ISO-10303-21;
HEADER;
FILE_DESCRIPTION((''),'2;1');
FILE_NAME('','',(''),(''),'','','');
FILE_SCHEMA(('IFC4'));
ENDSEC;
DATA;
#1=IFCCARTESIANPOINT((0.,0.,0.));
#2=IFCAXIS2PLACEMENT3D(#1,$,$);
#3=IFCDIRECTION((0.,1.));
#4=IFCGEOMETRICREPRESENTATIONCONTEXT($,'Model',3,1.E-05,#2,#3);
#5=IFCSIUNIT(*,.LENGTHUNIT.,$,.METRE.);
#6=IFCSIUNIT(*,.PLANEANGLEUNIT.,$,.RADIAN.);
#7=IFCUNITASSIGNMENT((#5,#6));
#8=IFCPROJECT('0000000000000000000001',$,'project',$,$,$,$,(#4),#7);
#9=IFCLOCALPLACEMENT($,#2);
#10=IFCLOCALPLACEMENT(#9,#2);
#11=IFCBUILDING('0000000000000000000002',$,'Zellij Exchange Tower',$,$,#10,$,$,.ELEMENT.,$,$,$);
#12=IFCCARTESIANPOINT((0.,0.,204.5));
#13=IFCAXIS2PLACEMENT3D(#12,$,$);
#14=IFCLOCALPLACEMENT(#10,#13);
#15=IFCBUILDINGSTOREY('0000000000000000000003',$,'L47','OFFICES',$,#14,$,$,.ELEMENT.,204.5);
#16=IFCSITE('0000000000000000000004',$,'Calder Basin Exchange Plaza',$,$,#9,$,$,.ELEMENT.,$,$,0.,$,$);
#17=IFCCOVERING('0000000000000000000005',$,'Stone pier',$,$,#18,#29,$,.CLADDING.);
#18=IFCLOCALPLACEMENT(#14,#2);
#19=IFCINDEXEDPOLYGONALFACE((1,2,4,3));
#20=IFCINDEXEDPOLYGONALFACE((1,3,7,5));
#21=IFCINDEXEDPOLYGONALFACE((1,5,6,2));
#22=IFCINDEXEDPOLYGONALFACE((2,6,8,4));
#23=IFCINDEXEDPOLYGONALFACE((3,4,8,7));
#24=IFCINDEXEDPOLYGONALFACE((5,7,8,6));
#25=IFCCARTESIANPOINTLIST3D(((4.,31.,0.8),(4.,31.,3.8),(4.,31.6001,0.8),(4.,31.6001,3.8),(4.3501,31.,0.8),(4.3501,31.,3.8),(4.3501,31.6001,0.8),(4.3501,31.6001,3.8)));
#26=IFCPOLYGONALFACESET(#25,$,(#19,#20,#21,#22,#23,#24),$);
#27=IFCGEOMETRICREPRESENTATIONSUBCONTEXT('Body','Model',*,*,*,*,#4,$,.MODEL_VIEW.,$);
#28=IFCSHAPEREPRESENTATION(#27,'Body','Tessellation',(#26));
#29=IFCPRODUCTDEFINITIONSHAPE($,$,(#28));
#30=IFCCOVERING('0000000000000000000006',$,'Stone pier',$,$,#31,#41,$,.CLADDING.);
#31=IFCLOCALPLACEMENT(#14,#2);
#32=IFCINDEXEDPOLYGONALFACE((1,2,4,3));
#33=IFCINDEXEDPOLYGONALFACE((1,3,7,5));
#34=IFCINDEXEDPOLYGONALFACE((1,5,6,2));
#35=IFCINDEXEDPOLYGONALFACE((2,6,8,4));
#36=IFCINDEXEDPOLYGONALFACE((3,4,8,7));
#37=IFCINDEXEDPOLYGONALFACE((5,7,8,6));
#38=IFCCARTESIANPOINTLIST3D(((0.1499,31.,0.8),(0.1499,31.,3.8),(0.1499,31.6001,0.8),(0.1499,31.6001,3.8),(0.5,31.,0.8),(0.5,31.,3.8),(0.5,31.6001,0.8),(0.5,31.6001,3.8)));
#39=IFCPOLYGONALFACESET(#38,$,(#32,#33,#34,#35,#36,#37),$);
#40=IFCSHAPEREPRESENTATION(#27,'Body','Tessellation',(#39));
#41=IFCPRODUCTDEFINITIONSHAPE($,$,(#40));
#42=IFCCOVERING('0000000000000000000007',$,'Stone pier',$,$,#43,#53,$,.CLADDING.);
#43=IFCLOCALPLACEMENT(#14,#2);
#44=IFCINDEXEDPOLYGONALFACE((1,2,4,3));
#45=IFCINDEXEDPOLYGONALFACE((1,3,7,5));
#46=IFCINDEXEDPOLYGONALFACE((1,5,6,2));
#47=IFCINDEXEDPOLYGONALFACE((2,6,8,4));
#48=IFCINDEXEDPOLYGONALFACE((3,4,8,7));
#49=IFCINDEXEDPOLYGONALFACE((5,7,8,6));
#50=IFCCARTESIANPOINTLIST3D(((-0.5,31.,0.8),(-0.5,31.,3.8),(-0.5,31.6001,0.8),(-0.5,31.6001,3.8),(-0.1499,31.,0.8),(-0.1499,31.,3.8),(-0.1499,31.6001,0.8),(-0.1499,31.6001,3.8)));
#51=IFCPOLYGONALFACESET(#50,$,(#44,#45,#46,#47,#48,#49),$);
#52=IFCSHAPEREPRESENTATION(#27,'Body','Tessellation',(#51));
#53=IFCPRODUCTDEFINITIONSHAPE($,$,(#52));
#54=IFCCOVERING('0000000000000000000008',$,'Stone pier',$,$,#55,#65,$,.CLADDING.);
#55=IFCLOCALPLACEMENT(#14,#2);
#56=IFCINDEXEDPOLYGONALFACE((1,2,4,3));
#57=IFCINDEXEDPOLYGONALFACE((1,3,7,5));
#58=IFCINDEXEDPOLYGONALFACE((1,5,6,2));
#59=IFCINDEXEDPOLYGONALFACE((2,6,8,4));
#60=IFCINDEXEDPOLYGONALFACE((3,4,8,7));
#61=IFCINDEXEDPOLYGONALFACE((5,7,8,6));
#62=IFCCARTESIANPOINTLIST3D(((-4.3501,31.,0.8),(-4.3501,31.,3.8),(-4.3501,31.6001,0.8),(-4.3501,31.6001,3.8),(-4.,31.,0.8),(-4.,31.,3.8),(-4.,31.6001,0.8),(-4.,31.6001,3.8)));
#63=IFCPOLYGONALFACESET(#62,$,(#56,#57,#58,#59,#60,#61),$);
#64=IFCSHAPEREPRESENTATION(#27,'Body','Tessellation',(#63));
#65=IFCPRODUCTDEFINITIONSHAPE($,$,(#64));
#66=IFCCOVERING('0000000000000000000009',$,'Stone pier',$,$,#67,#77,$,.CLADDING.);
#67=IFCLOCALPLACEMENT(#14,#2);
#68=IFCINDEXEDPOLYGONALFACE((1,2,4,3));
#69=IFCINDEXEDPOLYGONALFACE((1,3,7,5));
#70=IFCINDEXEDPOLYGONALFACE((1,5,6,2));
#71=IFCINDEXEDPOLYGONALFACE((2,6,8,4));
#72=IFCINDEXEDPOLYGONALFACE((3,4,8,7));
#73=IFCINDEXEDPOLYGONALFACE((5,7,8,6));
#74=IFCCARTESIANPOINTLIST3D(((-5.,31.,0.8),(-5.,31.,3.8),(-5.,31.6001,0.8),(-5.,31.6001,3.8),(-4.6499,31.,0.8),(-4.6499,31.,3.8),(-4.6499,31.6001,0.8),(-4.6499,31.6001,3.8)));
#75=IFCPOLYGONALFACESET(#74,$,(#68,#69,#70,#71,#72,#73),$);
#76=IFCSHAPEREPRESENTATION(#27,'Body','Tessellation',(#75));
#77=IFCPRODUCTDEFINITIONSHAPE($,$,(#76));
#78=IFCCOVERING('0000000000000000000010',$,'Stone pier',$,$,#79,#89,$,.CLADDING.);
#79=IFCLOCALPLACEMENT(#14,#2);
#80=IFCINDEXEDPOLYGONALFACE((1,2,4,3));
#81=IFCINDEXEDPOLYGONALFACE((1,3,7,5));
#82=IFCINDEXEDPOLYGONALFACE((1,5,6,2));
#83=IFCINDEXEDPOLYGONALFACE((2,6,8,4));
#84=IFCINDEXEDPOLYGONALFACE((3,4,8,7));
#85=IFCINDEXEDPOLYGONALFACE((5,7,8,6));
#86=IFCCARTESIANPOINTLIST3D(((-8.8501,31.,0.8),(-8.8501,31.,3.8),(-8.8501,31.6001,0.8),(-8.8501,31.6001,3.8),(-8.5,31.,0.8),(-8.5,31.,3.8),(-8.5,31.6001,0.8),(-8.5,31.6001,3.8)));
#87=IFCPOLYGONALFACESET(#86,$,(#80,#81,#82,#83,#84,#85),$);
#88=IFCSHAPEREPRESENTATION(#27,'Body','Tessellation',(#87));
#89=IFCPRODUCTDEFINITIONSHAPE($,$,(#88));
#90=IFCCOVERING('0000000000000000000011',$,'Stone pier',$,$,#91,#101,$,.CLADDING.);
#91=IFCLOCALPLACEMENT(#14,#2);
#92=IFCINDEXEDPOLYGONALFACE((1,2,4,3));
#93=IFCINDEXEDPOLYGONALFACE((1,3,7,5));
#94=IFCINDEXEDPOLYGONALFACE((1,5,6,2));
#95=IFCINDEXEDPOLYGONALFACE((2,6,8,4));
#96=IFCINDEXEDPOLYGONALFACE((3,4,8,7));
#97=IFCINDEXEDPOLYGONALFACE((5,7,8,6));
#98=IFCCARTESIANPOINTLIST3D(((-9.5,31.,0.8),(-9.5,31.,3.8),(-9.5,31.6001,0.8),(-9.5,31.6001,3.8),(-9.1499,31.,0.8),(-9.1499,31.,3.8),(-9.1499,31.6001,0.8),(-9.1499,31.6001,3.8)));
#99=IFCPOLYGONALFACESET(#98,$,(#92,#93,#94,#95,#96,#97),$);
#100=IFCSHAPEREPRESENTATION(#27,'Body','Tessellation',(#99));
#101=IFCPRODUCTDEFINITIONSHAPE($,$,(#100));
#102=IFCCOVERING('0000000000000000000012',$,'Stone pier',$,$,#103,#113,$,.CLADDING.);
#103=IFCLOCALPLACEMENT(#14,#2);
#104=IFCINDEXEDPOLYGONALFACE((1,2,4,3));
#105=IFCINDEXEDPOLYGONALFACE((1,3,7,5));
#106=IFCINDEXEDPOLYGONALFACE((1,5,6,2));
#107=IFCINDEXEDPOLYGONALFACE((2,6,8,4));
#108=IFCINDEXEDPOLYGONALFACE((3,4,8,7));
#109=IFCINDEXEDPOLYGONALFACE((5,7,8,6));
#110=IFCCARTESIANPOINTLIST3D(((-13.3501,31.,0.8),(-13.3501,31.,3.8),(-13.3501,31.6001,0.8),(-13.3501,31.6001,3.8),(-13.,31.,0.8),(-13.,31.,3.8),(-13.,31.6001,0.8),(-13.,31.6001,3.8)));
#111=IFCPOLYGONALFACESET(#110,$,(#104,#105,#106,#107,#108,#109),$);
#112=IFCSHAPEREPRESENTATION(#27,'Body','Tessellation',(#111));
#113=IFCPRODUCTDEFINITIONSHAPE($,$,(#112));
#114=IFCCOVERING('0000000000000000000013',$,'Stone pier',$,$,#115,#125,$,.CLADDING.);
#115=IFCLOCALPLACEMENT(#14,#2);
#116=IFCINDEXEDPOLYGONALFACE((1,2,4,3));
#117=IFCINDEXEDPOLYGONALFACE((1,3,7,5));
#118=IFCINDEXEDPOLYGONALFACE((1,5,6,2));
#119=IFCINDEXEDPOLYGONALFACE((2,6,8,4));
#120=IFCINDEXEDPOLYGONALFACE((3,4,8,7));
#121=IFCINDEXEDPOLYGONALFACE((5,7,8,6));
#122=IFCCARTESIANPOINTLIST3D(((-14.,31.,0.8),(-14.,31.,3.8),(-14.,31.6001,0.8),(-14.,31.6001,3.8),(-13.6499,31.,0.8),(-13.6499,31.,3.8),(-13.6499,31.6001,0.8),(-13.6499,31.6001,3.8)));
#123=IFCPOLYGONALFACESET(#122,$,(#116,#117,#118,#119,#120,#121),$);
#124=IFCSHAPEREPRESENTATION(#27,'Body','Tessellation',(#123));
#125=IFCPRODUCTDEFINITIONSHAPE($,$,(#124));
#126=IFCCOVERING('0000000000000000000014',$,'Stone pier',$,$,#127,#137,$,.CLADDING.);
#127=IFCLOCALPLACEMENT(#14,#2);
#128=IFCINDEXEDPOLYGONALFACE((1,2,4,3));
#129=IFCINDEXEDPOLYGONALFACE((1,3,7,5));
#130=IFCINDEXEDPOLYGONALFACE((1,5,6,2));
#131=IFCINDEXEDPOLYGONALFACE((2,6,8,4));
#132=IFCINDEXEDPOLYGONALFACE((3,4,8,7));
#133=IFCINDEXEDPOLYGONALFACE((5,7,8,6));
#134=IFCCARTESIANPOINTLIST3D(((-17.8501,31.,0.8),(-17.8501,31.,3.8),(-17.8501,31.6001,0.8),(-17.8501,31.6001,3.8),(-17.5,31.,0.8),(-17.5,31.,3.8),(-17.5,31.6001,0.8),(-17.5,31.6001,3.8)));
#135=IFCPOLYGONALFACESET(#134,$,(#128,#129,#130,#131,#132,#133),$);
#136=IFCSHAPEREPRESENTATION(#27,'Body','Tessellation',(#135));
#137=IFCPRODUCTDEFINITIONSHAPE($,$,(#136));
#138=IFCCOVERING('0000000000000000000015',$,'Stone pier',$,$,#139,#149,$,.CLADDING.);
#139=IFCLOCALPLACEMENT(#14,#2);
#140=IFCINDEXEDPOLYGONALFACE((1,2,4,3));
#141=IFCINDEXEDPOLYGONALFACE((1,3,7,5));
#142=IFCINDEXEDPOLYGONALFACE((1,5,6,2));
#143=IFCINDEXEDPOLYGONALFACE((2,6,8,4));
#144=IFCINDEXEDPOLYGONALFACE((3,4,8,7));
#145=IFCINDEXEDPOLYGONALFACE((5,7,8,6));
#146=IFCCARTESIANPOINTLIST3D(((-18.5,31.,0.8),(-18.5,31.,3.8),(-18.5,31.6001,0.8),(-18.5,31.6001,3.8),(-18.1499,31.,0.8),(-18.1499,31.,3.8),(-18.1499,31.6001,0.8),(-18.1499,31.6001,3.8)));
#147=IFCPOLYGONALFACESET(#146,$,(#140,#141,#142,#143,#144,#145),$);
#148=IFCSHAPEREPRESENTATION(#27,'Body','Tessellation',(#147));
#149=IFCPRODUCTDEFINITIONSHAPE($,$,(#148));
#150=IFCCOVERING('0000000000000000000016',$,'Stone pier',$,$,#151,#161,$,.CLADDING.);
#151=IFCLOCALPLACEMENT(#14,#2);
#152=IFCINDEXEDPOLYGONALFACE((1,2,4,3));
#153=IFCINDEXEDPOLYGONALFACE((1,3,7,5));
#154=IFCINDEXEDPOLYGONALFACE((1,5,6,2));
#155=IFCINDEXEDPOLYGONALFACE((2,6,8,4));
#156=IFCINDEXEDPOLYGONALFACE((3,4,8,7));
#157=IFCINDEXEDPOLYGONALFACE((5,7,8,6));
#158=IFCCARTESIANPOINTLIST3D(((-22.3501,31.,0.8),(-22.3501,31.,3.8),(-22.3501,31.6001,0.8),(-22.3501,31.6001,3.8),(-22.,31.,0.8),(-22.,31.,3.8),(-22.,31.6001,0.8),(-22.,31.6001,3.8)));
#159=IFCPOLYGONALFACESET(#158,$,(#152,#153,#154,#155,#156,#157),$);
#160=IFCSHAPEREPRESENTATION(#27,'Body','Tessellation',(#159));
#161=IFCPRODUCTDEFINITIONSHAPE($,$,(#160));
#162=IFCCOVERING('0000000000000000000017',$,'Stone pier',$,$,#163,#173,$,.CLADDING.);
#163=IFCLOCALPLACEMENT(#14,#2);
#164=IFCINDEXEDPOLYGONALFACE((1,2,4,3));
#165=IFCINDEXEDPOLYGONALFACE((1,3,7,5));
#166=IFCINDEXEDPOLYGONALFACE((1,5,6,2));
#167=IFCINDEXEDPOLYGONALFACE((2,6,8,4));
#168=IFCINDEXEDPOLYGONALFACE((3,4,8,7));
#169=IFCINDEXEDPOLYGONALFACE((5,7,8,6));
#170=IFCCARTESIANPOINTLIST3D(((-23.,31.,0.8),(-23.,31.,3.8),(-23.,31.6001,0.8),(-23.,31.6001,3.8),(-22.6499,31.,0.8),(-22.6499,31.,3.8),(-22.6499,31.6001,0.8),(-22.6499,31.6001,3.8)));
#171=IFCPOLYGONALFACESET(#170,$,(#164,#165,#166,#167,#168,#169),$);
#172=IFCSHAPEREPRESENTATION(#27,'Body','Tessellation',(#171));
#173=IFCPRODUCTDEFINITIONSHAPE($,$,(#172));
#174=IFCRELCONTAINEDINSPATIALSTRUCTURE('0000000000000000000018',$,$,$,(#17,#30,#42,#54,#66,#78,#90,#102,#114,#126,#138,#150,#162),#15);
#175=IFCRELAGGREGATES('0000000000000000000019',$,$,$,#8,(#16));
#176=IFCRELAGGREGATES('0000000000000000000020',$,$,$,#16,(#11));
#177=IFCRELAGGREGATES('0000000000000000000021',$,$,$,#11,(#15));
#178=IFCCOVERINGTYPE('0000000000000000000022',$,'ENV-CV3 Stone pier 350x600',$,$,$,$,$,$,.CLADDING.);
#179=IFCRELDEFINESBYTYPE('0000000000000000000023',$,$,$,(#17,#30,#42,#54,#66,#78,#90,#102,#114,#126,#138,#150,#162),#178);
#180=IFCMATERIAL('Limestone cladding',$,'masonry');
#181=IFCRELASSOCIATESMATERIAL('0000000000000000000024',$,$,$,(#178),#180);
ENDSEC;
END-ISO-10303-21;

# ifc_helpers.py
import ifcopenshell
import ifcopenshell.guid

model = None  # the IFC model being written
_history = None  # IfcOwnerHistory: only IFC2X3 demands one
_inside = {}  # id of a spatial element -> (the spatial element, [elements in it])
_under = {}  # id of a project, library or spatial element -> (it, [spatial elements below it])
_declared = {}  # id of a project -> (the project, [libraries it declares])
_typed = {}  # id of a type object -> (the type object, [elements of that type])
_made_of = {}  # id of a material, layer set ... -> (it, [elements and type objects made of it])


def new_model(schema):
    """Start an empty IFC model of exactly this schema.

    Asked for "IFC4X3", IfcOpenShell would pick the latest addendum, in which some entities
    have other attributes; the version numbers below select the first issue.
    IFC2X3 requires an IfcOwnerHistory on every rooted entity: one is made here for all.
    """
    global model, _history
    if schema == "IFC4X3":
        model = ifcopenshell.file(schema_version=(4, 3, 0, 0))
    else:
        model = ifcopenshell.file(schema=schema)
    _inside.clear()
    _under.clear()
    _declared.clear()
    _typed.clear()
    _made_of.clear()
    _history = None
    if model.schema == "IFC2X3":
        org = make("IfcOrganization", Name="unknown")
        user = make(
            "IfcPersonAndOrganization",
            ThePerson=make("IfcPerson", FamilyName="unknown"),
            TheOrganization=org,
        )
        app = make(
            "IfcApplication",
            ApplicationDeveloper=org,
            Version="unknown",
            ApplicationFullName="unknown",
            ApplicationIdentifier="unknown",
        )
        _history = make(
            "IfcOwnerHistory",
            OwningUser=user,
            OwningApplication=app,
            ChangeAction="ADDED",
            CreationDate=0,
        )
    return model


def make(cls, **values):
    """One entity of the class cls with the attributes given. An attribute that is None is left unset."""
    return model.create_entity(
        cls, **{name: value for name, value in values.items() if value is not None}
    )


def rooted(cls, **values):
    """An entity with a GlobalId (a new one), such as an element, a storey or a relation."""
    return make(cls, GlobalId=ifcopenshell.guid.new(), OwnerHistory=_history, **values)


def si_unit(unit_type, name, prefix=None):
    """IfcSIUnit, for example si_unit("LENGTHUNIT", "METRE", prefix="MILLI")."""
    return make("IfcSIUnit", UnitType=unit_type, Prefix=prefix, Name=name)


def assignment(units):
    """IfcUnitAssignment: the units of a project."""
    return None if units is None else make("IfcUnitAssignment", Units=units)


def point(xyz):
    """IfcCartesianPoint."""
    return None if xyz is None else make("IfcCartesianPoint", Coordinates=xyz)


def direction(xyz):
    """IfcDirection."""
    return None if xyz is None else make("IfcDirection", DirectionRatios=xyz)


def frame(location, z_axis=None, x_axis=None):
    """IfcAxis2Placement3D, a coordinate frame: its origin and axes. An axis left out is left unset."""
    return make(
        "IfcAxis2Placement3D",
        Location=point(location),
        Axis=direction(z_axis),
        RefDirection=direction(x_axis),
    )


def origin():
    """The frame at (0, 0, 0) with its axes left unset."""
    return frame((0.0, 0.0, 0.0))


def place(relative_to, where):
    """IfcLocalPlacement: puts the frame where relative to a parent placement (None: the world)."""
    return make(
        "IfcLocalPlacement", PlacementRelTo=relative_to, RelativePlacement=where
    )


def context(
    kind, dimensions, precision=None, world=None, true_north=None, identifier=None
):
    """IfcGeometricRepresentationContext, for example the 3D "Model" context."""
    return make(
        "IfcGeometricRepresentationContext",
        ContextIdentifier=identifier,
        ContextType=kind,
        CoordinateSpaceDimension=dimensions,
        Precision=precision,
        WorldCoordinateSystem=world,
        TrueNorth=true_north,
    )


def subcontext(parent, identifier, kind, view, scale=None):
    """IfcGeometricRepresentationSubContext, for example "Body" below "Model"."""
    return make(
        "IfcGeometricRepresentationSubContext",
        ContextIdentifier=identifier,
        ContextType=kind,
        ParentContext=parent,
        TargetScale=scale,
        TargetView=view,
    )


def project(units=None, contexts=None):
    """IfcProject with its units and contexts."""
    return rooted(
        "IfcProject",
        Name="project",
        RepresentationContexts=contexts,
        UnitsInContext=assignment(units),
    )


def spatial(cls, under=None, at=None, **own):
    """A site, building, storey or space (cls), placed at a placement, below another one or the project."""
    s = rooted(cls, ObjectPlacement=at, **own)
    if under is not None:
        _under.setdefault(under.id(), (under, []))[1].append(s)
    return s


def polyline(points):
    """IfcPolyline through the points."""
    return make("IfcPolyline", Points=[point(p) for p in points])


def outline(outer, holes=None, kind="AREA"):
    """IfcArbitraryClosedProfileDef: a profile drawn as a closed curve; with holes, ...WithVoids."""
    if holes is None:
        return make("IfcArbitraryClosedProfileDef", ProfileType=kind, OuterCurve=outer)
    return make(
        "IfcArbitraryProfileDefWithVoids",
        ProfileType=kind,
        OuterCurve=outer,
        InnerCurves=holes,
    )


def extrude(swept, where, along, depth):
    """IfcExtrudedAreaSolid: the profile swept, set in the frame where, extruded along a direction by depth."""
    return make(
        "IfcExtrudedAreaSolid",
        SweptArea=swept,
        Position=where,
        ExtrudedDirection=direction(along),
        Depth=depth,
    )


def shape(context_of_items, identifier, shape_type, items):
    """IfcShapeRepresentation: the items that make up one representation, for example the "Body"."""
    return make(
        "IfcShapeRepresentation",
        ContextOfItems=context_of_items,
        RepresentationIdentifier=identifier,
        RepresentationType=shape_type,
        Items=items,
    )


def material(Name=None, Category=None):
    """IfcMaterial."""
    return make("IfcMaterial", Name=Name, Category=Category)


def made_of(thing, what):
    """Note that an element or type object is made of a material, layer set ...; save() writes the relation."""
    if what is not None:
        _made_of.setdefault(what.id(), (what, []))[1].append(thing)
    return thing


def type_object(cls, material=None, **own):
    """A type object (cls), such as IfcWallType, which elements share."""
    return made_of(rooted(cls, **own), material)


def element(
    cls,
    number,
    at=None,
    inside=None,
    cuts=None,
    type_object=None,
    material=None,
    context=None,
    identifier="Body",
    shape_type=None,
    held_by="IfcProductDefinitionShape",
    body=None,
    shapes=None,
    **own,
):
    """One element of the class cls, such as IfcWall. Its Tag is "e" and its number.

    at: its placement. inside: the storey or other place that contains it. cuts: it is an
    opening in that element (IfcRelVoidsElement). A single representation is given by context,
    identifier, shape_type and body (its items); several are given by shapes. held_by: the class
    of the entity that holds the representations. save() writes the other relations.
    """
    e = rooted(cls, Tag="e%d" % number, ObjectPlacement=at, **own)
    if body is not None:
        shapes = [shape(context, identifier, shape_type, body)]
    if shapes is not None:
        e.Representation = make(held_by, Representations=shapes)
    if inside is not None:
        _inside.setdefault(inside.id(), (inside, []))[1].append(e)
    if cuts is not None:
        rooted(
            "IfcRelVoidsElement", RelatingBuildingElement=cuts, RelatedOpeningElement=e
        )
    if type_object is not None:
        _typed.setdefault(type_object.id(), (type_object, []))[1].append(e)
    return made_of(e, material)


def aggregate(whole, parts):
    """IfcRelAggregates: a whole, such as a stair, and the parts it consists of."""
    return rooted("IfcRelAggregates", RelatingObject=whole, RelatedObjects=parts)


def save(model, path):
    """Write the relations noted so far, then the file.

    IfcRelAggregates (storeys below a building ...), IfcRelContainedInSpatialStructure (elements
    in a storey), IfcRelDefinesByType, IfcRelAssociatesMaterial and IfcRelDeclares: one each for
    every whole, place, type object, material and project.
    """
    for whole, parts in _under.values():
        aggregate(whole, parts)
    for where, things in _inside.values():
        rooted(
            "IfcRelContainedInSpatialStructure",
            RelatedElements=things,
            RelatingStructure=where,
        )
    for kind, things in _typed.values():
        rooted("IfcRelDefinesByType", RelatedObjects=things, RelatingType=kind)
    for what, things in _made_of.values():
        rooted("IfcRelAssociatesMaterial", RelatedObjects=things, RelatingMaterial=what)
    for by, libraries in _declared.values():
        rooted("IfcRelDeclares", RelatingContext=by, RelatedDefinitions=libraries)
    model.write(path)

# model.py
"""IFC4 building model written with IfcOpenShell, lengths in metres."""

from ifc_helpers import new_model, si_unit, direction, frame, origin, place, context, subcontext, project, spatial, polyline, outline, extrude, material, type_object, element, save


model = new_model("IFC4")

# Units and contexts
model_context = context("Model", 3, precision=1e-05, world=origin(), true_north=direction((0.0, 1.0)))
body_context = subcontext(model_context, "Body", "Model", "MODEL_VIEW")
ifc_project = project(units=[si_unit("LENGTHUNIT", "METRE"), si_unit("PLANEANGLEUNIT", "RADIAN")], contexts=[model_context])

# Site, building, storey
site_placement = place(None, origin())
site = spatial("IfcSite", under=ifc_project, at=site_placement, Name="Calder Basin Exchange Plaza", CompositionType="ELEMENT", RefElevation=0.0)
building_placement = place(site_placement, origin())
building = spatial("IfcBuilding", under=site, at=building_placement, Name="Zellij Exchange Tower", CompositionType="ELEMENT")
storey_placement = place(building_placement, frame((0.0, 0.0, 204.5)))
storey = spatial("IfcBuildingStorey", under=building, at=storey_placement, Name="L47", Description="OFFICES", CompositionType="ELEMENT", Elevation=204.5)

# Coverings
ifc_material = material(Name="Limestone cladding", Category="masonry")
covering_type = type_object("IfcCoveringType", Name="ENV-CV3 Stone pier 350x600", PredefinedType="CLADDING", material=ifc_material)
covering_1_placement = place(storey_placement, frame((0.0, 0.0, 0.8)))
element("IfcCovering", 1, at=covering_1_placement, inside=storey, type_object=covering_type, Name="Stone pier", PredefinedType="CLADDING", context=body_context, shape_type="SweptSolid", body=[
    extrude(outline(polyline([(4.3501, 31.0), (4.0, 31.0), (4.0, 31.6001), (4.3501, 31.6001), (4.3501, 31.0)])), origin(), (0.0, 0.0, 1.0), 3.0),
])
covering_2_placement = place(storey_placement, frame((0.0, 0.0, 0.8)))
element("IfcCovering", 2, at=covering_2_placement, inside=storey, type_object=covering_type, Name="Stone pier", PredefinedType="CLADDING", context=body_context, shape_type="SweptSolid", body=[
    extrude(outline(polyline([(0.5, 31.0), (0.1499, 31.0), (0.1499, 31.6001), (0.5, 31.6001), (0.5, 31.0)])), origin(), (0.0, 0.0, 1.0), 3.0),
])
covering_3_placement = place(storey_placement, frame((0.0, 0.0, 0.8)))
element("IfcCovering", 3, at=covering_3_placement, inside=storey, type_object=covering_type, Name="Stone pier", PredefinedType="CLADDING", context=body_context, shape_type="SweptSolid", body=[
    extrude(outline(polyline([(-0.1499, 31.0), (-0.5, 31.0), (-0.5, 31.6001), (-0.1499, 31.6001), (-0.1499, 31.0)])), origin(), (0.0, 0.0, 1.0), 3.0),
])
covering_4_placement = place(storey_placement, frame((0.0, 0.0, 0.8)))
element("IfcCovering", 4, at=covering_4_placement, inside=storey, type_object=covering_type, Name="Stone pier", PredefinedType="CLADDING", context=body_context, shape_type="SweptSolid", body=[
    extrude(outline(polyline([(-4.0, 31.0), (-4.3501, 31.0), (-4.3501, 31.6001), (-4.0, 31.6001), (-4.0, 31.0)])), origin(), (0.0, 0.0, 1.0), 3.0),
])
covering_5_placement = place(storey_placement, frame((0.0, 0.0, 0.8)))
element("IfcCovering", 5, at=covering_5_placement, inside=storey, type_object=covering_type, Name="Stone pier", PredefinedType="CLADDING", context=body_context, shape_type="SweptSolid", body=[
    extrude(outline(polyline([(-4.6499, 31.0), (-5.0, 31.0), (-5.0, 31.6001), (-4.6499, 31.6001), (-4.6499, 31.0)])), origin(), (0.0, 0.0, 1.0), 3.0),
])
covering_6_placement = place(storey_placement, frame((0.0, 0.0, 0.8)))
element("IfcCovering", 6, at=covering_6_placement, inside=storey, type_object=covering_type, Name="Stone pier", PredefinedType="CLADDING", context=body_context, shape_type="SweptSolid", body=[
    extrude(outline(polyline([(-8.5, 31.0), (-8.8501, 31.0), (-8.8501, 31.6001), (-8.5, 31.6001), (-8.5, 31.0)])), origin(), (0.0, 0.0, 1.0), 3.0),
])
covering_7_placement = place(storey_placement, frame((0.0, 0.0, 0.8)))
element("IfcCovering", 7, at=covering_7_placement, inside=storey, type_object=covering_type, Name="Stone pier", PredefinedType="CLADDING", context=body_context, shape_type="SweptSolid", body=[
    extrude(outline(polyline([(-9.1499, 31.0), (-9.5, 31.0), (-9.5, 31.6001), (-9.1499, 31.6001), (-9.1499, 31.0)])), origin(), (0.0, 0.0, 1.0), 3.0),
])
covering_8_placement = place(storey_placement, frame((0.0, 0.0, 0.8)))
element("IfcCovering", 8, at=covering_8_placement, inside=storey, type_object=covering_type, Name="Stone pier", PredefinedType="CLADDING", context=body_context, shape_type="SweptSolid", body=[
    extrude(outline(polyline([(-13.0, 31.0), (-13.3501, 31.0), (-13.3501, 31.6001), (-13.0, 31.6001), (-13.0, 31.0)])), origin(), (0.0, 0.0, 1.0), 3.0),
])
covering_9_placement = place(storey_placement, frame((0.0, 0.0, 0.8)))
element("IfcCovering", 9, at=covering_9_placement, inside=storey, type_object=covering_type, Name="Stone pier", PredefinedType="CLADDING", context=body_context, shape_type="SweptSolid", body=[
    extrude(outline(polyline([(-13.6499, 31.0), (-14.0, 31.0), (-14.0, 31.6001), (-13.6499, 31.6001), (-13.6499, 31.0)])), origin(), (0.0, 0.0, 1.0), 3.0),
])
covering_10_placement = place(storey_placement, frame((0.0, 0.0, 0.8)))
element("IfcCovering", 10, at=covering_10_placement, inside=storey, type_object=covering_type, Name="Stone pier", PredefinedType="CLADDING", context=body_context, shape_type="SweptSolid", body=[
    extrude(outline(polyline([(-17.5, 31.0), (-17.8501, 31.0), (-17.8501, 31.6001), (-17.5, 31.6001), (-17.5, 31.0)])), origin(), (0.0, 0.0, 1.0), 3.0),
])
covering_11_placement = place(storey_placement, frame((0.0, 0.0, 0.8)))
element("IfcCovering", 11, at=covering_11_placement, inside=storey, type_object=covering_type, Name="Stone pier", PredefinedType="CLADDING", context=body_context, shape_type="SweptSolid", body=[
    extrude(outline(polyline([(-18.1499, 31.0), (-18.5, 31.0), (-18.5, 31.6001), (-18.1499, 31.6001), (-18.1499, 31.0)])), origin(), (0.0, 0.0, 1.0), 3.0),
])
covering_12_placement = place(storey_placement, frame((0.0, 0.0, 0.8)))
element("IfcCovering", 12, at=covering_12_placement, inside=storey, type_object=covering_type, Name="Stone pier", PredefinedType="CLADDING", context=body_context, shape_type="SweptSolid", body=[
    extrude(outline(polyline([(-22.0, 31.0), (-22.3501, 31.0), (-22.3501, 31.6001), (-22.0, 31.6001), (-22.0, 31.0)])), origin(), (0.0, 0.0, 1.0), 3.0),
])
covering_13_placement = place(storey_placement, frame((0.0, 0.0, 0.8)))
element("IfcCovering", 13, at=covering_13_placement, inside=storey, type_object=covering_type, Name="Stone pier", PredefinedType="CLADDING", context=body_context, shape_type="SweptSolid", body=[
    extrude(outline(polyline([(-22.6499, 31.0), (-23.0, 31.0), (-23.0, 31.6001), (-22.6499, 31.6001), (-22.6499, 31.0)])), origin(), (0.0, 0.0, 1.0), 3.0),
])

save(model, "model.ifc")
